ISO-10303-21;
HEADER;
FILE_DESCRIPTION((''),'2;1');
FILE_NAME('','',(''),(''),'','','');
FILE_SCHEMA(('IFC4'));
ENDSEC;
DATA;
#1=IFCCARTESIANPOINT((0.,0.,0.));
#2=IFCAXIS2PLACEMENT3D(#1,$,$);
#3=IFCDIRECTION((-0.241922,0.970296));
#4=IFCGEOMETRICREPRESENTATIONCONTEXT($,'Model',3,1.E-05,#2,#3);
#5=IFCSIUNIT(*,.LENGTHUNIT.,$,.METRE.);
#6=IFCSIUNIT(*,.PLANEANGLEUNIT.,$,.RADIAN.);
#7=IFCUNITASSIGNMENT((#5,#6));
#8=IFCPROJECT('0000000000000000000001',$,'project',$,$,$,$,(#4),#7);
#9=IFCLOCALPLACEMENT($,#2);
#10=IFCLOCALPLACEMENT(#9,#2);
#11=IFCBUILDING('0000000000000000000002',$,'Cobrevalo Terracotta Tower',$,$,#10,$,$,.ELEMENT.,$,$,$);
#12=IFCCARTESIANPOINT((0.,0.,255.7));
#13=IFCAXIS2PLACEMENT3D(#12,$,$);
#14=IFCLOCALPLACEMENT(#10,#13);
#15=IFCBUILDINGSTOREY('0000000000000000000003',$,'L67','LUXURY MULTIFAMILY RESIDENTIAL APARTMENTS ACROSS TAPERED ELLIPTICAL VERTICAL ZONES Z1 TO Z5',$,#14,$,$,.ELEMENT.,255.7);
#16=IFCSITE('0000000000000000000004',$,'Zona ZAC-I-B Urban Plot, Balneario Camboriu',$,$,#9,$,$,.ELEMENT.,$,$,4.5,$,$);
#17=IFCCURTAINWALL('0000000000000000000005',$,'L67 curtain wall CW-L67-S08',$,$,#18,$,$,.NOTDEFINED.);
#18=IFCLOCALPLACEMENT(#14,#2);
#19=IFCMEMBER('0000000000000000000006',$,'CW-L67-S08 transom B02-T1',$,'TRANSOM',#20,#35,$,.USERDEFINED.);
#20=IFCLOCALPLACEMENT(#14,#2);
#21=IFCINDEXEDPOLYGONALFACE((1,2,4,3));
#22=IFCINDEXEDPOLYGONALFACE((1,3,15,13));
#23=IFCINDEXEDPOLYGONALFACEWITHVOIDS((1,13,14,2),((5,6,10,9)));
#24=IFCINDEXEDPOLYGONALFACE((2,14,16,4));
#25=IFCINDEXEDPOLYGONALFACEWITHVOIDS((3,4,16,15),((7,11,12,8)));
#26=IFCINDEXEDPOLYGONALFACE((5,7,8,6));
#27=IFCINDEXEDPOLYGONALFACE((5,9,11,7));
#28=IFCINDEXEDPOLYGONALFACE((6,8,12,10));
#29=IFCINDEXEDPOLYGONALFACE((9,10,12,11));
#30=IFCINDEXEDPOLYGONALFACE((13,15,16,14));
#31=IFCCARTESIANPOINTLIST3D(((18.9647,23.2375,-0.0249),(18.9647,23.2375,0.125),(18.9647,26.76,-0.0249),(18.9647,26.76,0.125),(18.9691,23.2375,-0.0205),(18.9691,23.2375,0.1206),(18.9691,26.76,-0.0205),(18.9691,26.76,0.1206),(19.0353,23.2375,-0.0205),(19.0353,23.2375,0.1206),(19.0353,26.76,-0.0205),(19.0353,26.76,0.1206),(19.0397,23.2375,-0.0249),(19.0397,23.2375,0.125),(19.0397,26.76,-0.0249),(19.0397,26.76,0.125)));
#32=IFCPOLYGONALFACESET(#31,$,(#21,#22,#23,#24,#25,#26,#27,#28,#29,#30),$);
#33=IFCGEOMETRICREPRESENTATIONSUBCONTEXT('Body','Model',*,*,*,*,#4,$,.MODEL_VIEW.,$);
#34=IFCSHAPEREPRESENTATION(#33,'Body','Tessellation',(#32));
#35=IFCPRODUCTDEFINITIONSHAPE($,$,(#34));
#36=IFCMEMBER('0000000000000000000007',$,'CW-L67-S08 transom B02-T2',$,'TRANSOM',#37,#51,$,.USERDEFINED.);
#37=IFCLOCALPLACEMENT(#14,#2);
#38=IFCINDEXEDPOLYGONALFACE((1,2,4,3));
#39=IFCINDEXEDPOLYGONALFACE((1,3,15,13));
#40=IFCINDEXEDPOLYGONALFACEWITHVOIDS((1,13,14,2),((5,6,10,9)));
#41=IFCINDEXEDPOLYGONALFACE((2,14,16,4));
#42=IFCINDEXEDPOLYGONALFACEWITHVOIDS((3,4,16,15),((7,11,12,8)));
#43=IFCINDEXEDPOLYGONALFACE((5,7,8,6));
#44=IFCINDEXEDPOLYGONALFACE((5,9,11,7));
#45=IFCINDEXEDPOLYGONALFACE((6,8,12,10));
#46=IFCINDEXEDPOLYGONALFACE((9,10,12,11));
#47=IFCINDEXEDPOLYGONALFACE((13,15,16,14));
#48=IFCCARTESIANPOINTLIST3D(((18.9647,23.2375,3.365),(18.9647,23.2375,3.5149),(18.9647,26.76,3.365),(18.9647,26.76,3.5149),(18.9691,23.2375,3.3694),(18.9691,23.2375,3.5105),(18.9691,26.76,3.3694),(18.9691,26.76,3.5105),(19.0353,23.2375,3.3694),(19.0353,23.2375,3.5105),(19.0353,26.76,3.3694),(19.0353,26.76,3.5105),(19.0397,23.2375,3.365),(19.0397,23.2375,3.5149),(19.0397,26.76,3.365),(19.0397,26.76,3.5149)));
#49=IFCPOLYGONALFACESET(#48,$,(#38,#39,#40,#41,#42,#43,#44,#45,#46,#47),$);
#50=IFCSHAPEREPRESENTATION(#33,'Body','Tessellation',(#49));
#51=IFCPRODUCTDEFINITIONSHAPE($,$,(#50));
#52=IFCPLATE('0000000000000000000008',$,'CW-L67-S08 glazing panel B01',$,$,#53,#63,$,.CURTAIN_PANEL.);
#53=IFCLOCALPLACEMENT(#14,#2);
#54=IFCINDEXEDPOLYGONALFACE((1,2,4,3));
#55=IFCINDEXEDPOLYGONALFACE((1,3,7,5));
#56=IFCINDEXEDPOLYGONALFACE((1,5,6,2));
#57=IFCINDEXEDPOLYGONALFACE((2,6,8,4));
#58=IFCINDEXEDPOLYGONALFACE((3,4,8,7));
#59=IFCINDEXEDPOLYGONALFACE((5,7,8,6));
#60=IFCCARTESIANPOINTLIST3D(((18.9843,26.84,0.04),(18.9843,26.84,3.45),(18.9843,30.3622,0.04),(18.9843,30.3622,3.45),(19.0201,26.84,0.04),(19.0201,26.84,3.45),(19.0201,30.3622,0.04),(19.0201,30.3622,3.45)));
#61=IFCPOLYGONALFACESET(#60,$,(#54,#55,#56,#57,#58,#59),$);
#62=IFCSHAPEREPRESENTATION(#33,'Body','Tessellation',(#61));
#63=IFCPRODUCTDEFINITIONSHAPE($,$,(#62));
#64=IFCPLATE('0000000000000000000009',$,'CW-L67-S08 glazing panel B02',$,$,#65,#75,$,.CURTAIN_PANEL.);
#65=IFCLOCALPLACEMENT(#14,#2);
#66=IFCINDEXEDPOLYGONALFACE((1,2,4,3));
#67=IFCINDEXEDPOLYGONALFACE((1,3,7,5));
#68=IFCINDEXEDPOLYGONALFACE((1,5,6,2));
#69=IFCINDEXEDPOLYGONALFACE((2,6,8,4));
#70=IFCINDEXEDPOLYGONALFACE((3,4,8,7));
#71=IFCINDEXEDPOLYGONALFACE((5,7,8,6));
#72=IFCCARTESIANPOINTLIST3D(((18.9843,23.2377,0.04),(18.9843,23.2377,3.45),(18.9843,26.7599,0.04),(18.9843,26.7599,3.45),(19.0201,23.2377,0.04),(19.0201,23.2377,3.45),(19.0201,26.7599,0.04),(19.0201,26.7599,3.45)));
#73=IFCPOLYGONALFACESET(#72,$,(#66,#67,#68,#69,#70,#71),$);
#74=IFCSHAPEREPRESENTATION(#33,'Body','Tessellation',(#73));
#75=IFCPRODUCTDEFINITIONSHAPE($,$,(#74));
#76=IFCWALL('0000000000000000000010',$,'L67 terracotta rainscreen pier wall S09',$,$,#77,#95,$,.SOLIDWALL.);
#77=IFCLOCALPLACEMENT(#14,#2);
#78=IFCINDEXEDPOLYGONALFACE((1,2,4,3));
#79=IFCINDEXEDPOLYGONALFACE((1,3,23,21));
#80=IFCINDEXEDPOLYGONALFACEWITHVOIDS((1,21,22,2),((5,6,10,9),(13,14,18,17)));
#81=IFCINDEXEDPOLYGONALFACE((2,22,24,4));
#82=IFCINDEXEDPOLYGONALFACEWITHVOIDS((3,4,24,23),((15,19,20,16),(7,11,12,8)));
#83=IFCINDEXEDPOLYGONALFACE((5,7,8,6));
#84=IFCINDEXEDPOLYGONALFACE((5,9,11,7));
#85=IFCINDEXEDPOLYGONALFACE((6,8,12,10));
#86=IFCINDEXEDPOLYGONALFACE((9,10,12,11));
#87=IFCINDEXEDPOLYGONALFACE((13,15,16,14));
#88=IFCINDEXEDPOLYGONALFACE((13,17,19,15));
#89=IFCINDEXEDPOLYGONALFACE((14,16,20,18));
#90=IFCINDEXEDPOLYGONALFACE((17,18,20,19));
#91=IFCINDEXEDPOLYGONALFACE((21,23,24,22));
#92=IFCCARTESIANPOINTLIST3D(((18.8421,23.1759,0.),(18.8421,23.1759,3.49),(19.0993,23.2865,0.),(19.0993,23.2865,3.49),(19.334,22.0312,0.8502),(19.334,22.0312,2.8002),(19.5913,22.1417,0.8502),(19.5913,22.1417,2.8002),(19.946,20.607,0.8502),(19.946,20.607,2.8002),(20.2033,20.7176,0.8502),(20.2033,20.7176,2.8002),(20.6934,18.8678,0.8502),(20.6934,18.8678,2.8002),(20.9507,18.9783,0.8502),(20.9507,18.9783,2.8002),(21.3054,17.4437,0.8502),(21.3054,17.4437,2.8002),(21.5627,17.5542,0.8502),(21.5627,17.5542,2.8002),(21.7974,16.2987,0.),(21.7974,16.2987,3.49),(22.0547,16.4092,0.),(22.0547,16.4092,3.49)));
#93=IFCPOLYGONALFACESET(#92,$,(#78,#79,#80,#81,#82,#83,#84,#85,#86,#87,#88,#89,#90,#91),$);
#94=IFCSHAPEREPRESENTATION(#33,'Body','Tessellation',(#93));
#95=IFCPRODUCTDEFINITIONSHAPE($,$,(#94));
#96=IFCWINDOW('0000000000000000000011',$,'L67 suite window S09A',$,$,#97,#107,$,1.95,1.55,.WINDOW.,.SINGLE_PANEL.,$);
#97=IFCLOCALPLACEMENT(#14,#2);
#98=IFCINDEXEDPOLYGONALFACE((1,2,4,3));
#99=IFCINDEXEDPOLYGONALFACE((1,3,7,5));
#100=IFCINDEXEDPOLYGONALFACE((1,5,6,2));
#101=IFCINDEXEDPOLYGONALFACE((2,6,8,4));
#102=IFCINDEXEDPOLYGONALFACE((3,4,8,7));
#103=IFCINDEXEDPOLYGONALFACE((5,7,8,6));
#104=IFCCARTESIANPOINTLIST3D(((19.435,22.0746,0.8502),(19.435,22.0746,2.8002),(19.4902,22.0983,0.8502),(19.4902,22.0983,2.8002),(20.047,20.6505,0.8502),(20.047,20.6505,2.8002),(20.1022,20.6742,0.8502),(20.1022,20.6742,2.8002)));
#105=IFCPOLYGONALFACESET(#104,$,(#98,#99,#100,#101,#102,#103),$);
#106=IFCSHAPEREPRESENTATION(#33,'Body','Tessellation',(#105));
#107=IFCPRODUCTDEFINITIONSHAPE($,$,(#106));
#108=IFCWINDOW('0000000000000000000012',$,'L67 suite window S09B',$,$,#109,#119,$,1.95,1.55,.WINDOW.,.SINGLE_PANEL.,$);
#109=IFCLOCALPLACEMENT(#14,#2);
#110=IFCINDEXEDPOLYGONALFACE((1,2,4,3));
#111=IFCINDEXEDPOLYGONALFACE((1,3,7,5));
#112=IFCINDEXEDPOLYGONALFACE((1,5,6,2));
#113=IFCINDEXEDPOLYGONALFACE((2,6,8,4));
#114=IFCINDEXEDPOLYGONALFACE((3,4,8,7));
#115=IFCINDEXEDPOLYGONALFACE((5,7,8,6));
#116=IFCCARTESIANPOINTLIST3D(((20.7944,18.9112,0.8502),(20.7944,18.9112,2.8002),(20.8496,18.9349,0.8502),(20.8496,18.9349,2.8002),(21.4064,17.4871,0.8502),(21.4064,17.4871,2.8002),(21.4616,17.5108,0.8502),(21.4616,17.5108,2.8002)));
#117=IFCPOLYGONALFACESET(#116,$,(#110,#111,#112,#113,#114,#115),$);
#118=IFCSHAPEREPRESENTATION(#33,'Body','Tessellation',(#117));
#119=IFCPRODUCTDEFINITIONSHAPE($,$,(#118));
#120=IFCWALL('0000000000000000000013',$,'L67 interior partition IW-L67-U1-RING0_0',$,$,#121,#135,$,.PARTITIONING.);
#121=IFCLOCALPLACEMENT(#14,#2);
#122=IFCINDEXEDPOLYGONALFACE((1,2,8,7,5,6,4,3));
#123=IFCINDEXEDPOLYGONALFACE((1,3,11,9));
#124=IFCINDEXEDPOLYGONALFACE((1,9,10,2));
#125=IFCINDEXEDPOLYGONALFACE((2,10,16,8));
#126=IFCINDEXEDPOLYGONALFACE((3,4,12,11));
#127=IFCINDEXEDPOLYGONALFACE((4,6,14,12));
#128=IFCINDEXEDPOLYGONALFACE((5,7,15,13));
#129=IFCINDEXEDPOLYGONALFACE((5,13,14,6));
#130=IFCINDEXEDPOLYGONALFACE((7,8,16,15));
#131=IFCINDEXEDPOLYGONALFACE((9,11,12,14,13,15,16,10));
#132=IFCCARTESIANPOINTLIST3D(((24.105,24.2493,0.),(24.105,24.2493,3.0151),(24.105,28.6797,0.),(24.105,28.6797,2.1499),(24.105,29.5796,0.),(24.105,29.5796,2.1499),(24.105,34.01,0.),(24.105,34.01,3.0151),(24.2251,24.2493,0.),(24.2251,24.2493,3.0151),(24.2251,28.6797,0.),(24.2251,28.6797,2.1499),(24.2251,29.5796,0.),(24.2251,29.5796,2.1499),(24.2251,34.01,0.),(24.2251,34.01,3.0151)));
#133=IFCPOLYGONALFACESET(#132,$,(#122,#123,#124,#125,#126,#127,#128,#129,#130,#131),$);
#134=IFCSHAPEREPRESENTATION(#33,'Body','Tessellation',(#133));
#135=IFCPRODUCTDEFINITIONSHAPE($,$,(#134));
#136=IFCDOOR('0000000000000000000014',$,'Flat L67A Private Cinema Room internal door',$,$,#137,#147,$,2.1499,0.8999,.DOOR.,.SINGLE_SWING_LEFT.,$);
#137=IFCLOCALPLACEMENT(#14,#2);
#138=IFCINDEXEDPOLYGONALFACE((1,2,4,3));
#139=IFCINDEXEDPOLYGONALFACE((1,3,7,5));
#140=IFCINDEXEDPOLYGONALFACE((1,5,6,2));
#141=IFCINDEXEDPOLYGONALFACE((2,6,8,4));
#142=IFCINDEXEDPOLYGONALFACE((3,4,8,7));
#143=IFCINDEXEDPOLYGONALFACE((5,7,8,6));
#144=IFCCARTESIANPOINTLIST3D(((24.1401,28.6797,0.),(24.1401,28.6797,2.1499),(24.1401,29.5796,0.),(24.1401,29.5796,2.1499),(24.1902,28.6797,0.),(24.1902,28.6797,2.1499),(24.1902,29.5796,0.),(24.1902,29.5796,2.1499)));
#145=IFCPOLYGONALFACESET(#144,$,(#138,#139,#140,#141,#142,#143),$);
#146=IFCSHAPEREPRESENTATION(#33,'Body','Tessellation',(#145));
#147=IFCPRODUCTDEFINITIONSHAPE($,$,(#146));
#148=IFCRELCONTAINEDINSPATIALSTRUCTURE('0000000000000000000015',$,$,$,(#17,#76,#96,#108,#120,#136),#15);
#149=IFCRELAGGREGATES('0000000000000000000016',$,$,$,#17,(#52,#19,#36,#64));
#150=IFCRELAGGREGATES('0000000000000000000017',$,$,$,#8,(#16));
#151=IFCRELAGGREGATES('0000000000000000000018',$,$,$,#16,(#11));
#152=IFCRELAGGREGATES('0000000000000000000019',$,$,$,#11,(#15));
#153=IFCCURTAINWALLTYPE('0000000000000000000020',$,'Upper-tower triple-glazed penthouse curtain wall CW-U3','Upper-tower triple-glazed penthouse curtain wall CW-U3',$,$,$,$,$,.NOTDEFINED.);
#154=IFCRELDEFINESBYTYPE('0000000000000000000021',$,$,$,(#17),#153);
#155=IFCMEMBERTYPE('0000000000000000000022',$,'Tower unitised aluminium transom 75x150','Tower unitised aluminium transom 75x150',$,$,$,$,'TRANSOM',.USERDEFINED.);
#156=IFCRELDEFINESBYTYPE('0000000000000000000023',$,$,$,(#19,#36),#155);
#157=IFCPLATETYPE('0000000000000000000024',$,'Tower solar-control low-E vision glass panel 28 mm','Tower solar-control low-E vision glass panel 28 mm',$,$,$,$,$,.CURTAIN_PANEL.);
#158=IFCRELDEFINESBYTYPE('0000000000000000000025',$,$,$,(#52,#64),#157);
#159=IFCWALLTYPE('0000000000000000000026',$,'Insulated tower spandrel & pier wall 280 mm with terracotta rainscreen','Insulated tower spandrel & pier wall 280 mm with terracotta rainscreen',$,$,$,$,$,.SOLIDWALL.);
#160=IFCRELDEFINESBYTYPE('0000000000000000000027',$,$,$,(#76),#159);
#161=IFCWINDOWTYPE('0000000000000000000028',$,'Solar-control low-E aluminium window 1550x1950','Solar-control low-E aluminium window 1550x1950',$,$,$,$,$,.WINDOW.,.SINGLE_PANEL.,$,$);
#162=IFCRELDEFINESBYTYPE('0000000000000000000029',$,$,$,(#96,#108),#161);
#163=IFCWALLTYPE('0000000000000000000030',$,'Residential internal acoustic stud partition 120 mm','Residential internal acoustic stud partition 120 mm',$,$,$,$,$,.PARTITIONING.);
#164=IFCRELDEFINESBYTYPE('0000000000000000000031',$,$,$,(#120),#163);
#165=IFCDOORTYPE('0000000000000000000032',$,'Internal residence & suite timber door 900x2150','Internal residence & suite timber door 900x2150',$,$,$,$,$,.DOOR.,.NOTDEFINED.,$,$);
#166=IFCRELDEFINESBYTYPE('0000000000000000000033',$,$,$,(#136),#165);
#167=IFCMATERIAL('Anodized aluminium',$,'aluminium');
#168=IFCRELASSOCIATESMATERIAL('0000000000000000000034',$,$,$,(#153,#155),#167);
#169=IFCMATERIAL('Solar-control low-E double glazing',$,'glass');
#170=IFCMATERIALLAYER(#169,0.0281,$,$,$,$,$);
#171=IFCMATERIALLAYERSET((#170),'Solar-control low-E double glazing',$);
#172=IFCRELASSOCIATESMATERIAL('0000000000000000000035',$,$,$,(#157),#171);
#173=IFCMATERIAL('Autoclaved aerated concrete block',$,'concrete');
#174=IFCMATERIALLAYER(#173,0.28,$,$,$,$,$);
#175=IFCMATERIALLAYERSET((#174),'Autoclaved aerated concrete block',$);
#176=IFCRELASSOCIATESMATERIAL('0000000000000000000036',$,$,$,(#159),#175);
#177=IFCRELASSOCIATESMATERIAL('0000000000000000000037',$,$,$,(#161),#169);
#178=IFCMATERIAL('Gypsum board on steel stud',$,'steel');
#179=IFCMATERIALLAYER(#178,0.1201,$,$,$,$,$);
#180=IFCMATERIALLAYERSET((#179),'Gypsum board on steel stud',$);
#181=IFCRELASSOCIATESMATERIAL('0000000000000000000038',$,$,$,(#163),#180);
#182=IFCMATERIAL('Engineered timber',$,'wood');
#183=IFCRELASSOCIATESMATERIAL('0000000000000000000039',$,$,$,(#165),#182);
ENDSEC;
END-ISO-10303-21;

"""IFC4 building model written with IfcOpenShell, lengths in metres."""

from ifc_helpers import new_model, si_unit, direction, frame, frame_2d, origin, origin_2d, place, context, subcontext, project, spatial, rectangle, hollow_rectangle, extrude, source, transform, mapped, material, layer, layer_set, material_profile, profile_set, type_object, element, fill, aggregate, save


model = new_model("IFC4")

# Units and contexts
model_context = context("Model", 3, precision=1e-05, world=origin(), true_north=direction((-0.241922, 0.970296)))
body_context = subcontext(model_context, "Body", "Model", "MODEL_VIEW")
ifc_project = project(units=[si_unit("LENGTHUNIT", "METRE"), si_unit("PLANEANGLEUNIT", "RADIAN")], contexts=[model_context])

# Site, building, storey
site_placement = place(None, origin())
site = spatial("IfcSite", under=ifc_project, at=site_placement, Name="Zona ZAC-I-B Urban Plot, Balneario Camboriu", CompositionType="ELEMENT", RefElevation=4.5)
building_placement = place(site_placement, origin())
building = spatial("IfcBuilding", under=site, at=building_placement, Name="Cobrevalo Terracotta Tower", CompositionType="ELEMENT")
storey_placement = place(building_placement, frame((0.0, 0.0, 255.7)))
storey = spatial("IfcBuildingStorey", under=building, at=storey_placement, Name="L67", Description="LUXURY MULTIFAMILY RESIDENTIAL APARTMENTS ACROSS TAPERED ELLIPTICAL VERTICAL ZONES Z1 TO Z5", CompositionType="ELEMENT", Elevation=255.7)

# Shared definitions
ifc_material_1 = material(Name="Anodized aluminium", Category="aluminium")
curtain_wall_type = type_object("IfcCurtainWallType", Name="Upper-tower triple-glazed penthouse curtain wall CW-U3", Description="Upper-tower triple-glazed penthouse curtain wall CW-U3", PredefinedType="NOTDEFINED", material=ifc_material_1)

# Curtain wall, members, plates
curtain_wall_1_placement = place(storey_placement, origin())
curtain_wall_1 = element("IfcCurtainWall", 1, at=curtain_wall_1_placement, inside=storey, type_object=curtain_wall_type, Name="L67 curtain wall CW-L67-S08", PredefinedType="NOTDEFINED")
ifc_material_profile_1 = material_profile(ifc_material_1, hollow_rectangle(XDim=0.075, YDim=0.1499, WallThickness=0.0044, at=origin_2d()), Name="CWT 75x150")
ifc_profile_set_1 = profile_set([ifc_material_profile_1], Name="Anodized aluminium")
member_type_1 = type_object("IfcMemberType", Name="Tower unitised aluminium transom 75x150", Description="Tower unitised aluminium transom 75x150", ElementType="TRANSOM", PredefinedType="USERDEFINED", material=ifc_profile_set_1)
shared_shape_1 = source(origin(), body_context, "Body", "SweptSolid", [
    extrude(hollow_rectangle(XDim=0.075, YDim=0.1499, WallThickness=0.0044, at=origin_2d()), origin(), (0.0, 0.0, 1.0), 3.5225),
])
member_1_placement = place(storey_placement, frame((19.0022, 26.76, 0.05), z_axis=(0.0, -1.0, 0.0), x_axis=(1.0, 0.0, 0.0)))
member_1 = element("IfcMember", 2, at=member_1_placement, type_object=member_type_1, Name="CW-L67-S08 transom B02-T1", ObjectType="TRANSOM", PredefinedType="USERDEFINED", context=body_context, shape_type="MappedRepresentation", body=[
    mapped(shared_shape_1, transform((0.0, 0.0, 0.0), scale=1.0)),
])
member_2_placement = place(storey_placement, frame((19.0022, 26.76, 3.4399), z_axis=(0.0, -1.0, 0.0), x_axis=(1.0, 0.0, 0.0)))
member_2 = element("IfcMember", 3, at=member_2_placement, type_object=member_type_1, Name="CW-L67-S08 transom B02-T2", ObjectType="TRANSOM", PredefinedType="USERDEFINED", context=body_context, shape_type="MappedRepresentation", body=[
    mapped(shared_shape_1, transform((0.0, 0.0, 0.0), scale=1.0)),
])
ifc_material_2 = material(Name="Solar-control low-E double glazing", Category="glass")
ifc_layer_1 = layer(ifc_material_2, 0.0281)
ifc_layer_set_1 = layer_set([ifc_layer_1], Name="Solar-control low-E double glazing")
plate_type = type_object("IfcPlateType", Name="Tower solar-control low-E vision glass panel 28 mm", Description="Tower solar-control low-E vision glass panel 28 mm", PredefinedType="CURTAIN_PANEL", material=ifc_layer_set_1)
shared_shape_2 = source(origin(), body_context, "Body", "SweptSolid", [
    extrude(rectangle(XDim=3.5222, YDim=0.0359, at=origin_2d()), origin(), (0.0, 0.0, 1.0), 3.4099),
])
plate_1_placement = place(storey_placement, frame((19.0022, 28.6011, 0.04), z_axis=(0.0, 0.0, 1.0), x_axis=(0.0, -1.0, 0.0)))
plate_1 = element("IfcPlate", 4, at=plate_1_placement, type_object=plate_type, Name="CW-L67-S08 glazing panel B01", PredefinedType="CURTAIN_PANEL", context=body_context, shape_type="MappedRepresentation", body=[
    mapped(shared_shape_2, transform((0.0, 0.0, 0.0), scale=1.0)),
])
plate_2_placement = place(storey_placement, frame((19.0022, 24.9988, 0.04), z_axis=(0.0, 0.0, 1.0), x_axis=(0.0, -1.0, 0.0)))
plate_2 = element("IfcPlate", 5, at=plate_2_placement, type_object=plate_type, Name="CW-L67-S08 glazing panel B02", PredefinedType="CURTAIN_PANEL", context=body_context, shape_type="MappedRepresentation", body=[
    mapped(shared_shape_2, transform((0.0, 0.0, 0.0), scale=1.0)),
])
aggregate(curtain_wall_1, [plate_1, member_1, member_2, plate_2])

# Wall, openings, windows
ifc_material_3 = material(Name="Autoclaved aerated concrete block", Category="concrete")
ifc_layer_2 = layer(ifc_material_3, 0.28)
ifc_layer_set_2 = layer_set([ifc_layer_2], Name="Autoclaved aerated concrete block")
wall_type_1 = type_object("IfcWallType", Name="Insulated tower spandrel & pier wall 280 mm with terracotta rainscreen", Description="Insulated tower spandrel & pier wall 280 mm with terracotta rainscreen", PredefinedType="SOLIDWALL", material=ifc_layer_set_2)
wall_1_placement = place(storey_placement, frame((18.9707, 23.2312, 0.0), z_axis=(0.0, 0.0, 1.0), x_axis=(0.394817, -0.91876, 0.0)))
wall_1 = element("IfcWall", 6, at=wall_1_placement, inside=storey, type_object=wall_type_1, Name="L67 terracotta rainscreen pier wall S09", PredefinedType="SOLIDWALL", context=body_context, shape_type="SweptSolid", body=[
    extrude(rectangle(XDim=7.4854, YDim=0.28, at=frame_2d((3.7427, 0.0))), origin(), (0.0, 0.0, 1.0), 3.49),
])
opening_1_placement = place(wall_1_placement, frame((1.2461, 0.0, 0.8501)))
opening_1 = element("IfcOpeningElement", 7, at=opening_1_placement, cuts=wall_1, PredefinedType="OPENING", context=body_context, shape_type="SweptSolid", body=[
    extrude(rectangle(XDim=1.55, YDim=1.95, at=frame_2d((0.7749, 0.9751))), frame((0.0, 0.1499, 0.0), z_axis=(0.0, -1.0, 0.0), x_axis=(1.0, 0.0, 0.0)), (0.0, 0.0, 1.0), 0.3),
])
opening_2_placement = place(wall_1_placement, frame((4.6892, 0.0, 0.8501)))
opening_2 = element("IfcOpeningElement", 8, at=opening_2_placement, cuts=wall_1, PredefinedType="OPENING", context=body_context, shape_type="SweptSolid", body=[
    extrude(rectangle(XDim=1.55, YDim=1.95, at=frame_2d((0.7749, 0.9751))), frame((0.0, 0.1499, 0.0), z_axis=(0.0, -1.0, 0.0), x_axis=(1.0, 0.0, 0.0)), (0.0, 0.0, 1.0), 0.3),
])
window_type = type_object("IfcWindowType", Name="Solar-control low-E aluminium window 1550x1950", Description="Solar-control low-E aluminium window 1550x1950", PartitioningType="SINGLE_PANEL", PredefinedType="WINDOW", material=ifc_material_2)
shared_shape_3 = source(origin(), body_context, "Body", "SweptSolid", [
    extrude(rectangle(XDim=1.55, YDim=1.95, at=frame_2d((0.7749, 0.9751))), frame((0.0, 0.03, 0.0), z_axis=(0.0, -1.0, 0.0), x_axis=(1.0, 0.0, 0.0)), (0.0, 0.0, 1.0), 0.0601),
])
window_1_placement = place(opening_1_placement, origin())
window_1 = element("IfcWindow", 9, at=window_1_placement, inside=storey, type_object=window_type, Name="L67 suite window S09A", OverallHeight=1.95, OverallWidth=1.55, PartitioningType="SINGLE_PANEL", PredefinedType="WINDOW", context=body_context, shape_type="MappedRepresentation", body=[
    mapped(shared_shape_3, transform((0.0, 0.0, 0.0), scale=1.0)),
])
fill(opening_1, window_1)
window_2_placement = place(opening_2_placement, origin())
window_2 = element("IfcWindow", 10, at=window_2_placement, inside=storey, type_object=window_type, Name="L67 suite window S09B", OverallHeight=1.95, OverallWidth=1.55, PartitioningType="SINGLE_PANEL", PredefinedType="WINDOW", context=body_context, shape_type="MappedRepresentation", body=[
    mapped(shared_shape_3, transform((0.0, 0.0, 0.0), scale=1.0)),
])
fill(opening_2, window_2)

# Wall, opening, door
ifc_material_4 = material(Name="Gypsum board on steel stud", Category="steel")
ifc_layer_3 = layer(ifc_material_4, 0.1201)
ifc_layer_set_3 = layer_set([ifc_layer_3], Name="Gypsum board on steel stud")
wall_type_2 = type_object("IfcWallType", Name="Residential internal acoustic stud partition 120 mm", Description="Residential internal acoustic stud partition 120 mm", PredefinedType="PARTITIONING", material=ifc_layer_set_3)
wall_2_placement = place(storey_placement, frame((24.165, 24.2493, 0.0), z_axis=(0.0, 0.0, 1.0), x_axis=(0.0, 1.0, 0.0)))
wall_2 = element("IfcWall", 11, at=wall_2_placement, inside=storey, type_object=wall_type_2, Name="L67 interior partition IW-L67-U1-RING0_0", PredefinedType="PARTITIONING", context=body_context, shape_type="SweptSolid", body=[
    extrude(rectangle(XDim=9.7607, YDim=0.1201, at=frame_2d((4.8804, 0.0))), origin(), (0.0, 0.0, 1.0), 3.0151),
])
opening_3_placement = place(wall_2_placement, frame((4.4304, 0.0, 0.0)))
opening_3 = element("IfcOpeningElement", 12, at=opening_3_placement, cuts=wall_2, PredefinedType="OPENING", context=body_context, shape_type="SweptSolid", body=[
    extrude(rectangle(XDim=0.8999, YDim=2.1499, at=frame_2d((0.45, 1.075))), frame((0.0, 0.0701, 0.0), z_axis=(0.0, -1.0, 0.0), x_axis=(1.0, 0.0, 0.0)), (0.0, 0.0, 1.0), 0.1401),
])
ifc_material_5 = material(Name="Engineered timber", Category="wood")
door_type = type_object("IfcDoorType", Name="Internal residence & suite timber door 900x2150", Description="Internal residence & suite timber door 900x2150", OperationType="NOTDEFINED", PredefinedType="DOOR", material=ifc_material_5)
shared_shape_4 = source(origin(), body_context, "Body", "SweptSolid", [
    extrude(rectangle(XDim=0.8999, YDim=2.1499, at=frame_2d((0.45, 1.075))), frame((0.0, 0.0249, 0.0), z_axis=(0.0, -1.0, 0.0), x_axis=(1.0, 0.0, 0.0)), (0.0, 0.0, 1.0), 0.05),
])
door_placement = place(opening_3_placement, origin())
door = element("IfcDoor", 13, at=door_placement, inside=storey, type_object=door_type, Name="Flat L67A Private Cinema Room internal door", OperationType="SINGLE_SWING_LEFT", OverallHeight=2.1499, OverallWidth=0.8999, PredefinedType="DOOR", context=body_context, shape_type="MappedRepresentation", body=[
    mapped(shared_shape_4, transform((0.0, 0.0, 0.0), scale=1.0)),
])
fill(opening_3, door)

save(model, "model.ifc")
